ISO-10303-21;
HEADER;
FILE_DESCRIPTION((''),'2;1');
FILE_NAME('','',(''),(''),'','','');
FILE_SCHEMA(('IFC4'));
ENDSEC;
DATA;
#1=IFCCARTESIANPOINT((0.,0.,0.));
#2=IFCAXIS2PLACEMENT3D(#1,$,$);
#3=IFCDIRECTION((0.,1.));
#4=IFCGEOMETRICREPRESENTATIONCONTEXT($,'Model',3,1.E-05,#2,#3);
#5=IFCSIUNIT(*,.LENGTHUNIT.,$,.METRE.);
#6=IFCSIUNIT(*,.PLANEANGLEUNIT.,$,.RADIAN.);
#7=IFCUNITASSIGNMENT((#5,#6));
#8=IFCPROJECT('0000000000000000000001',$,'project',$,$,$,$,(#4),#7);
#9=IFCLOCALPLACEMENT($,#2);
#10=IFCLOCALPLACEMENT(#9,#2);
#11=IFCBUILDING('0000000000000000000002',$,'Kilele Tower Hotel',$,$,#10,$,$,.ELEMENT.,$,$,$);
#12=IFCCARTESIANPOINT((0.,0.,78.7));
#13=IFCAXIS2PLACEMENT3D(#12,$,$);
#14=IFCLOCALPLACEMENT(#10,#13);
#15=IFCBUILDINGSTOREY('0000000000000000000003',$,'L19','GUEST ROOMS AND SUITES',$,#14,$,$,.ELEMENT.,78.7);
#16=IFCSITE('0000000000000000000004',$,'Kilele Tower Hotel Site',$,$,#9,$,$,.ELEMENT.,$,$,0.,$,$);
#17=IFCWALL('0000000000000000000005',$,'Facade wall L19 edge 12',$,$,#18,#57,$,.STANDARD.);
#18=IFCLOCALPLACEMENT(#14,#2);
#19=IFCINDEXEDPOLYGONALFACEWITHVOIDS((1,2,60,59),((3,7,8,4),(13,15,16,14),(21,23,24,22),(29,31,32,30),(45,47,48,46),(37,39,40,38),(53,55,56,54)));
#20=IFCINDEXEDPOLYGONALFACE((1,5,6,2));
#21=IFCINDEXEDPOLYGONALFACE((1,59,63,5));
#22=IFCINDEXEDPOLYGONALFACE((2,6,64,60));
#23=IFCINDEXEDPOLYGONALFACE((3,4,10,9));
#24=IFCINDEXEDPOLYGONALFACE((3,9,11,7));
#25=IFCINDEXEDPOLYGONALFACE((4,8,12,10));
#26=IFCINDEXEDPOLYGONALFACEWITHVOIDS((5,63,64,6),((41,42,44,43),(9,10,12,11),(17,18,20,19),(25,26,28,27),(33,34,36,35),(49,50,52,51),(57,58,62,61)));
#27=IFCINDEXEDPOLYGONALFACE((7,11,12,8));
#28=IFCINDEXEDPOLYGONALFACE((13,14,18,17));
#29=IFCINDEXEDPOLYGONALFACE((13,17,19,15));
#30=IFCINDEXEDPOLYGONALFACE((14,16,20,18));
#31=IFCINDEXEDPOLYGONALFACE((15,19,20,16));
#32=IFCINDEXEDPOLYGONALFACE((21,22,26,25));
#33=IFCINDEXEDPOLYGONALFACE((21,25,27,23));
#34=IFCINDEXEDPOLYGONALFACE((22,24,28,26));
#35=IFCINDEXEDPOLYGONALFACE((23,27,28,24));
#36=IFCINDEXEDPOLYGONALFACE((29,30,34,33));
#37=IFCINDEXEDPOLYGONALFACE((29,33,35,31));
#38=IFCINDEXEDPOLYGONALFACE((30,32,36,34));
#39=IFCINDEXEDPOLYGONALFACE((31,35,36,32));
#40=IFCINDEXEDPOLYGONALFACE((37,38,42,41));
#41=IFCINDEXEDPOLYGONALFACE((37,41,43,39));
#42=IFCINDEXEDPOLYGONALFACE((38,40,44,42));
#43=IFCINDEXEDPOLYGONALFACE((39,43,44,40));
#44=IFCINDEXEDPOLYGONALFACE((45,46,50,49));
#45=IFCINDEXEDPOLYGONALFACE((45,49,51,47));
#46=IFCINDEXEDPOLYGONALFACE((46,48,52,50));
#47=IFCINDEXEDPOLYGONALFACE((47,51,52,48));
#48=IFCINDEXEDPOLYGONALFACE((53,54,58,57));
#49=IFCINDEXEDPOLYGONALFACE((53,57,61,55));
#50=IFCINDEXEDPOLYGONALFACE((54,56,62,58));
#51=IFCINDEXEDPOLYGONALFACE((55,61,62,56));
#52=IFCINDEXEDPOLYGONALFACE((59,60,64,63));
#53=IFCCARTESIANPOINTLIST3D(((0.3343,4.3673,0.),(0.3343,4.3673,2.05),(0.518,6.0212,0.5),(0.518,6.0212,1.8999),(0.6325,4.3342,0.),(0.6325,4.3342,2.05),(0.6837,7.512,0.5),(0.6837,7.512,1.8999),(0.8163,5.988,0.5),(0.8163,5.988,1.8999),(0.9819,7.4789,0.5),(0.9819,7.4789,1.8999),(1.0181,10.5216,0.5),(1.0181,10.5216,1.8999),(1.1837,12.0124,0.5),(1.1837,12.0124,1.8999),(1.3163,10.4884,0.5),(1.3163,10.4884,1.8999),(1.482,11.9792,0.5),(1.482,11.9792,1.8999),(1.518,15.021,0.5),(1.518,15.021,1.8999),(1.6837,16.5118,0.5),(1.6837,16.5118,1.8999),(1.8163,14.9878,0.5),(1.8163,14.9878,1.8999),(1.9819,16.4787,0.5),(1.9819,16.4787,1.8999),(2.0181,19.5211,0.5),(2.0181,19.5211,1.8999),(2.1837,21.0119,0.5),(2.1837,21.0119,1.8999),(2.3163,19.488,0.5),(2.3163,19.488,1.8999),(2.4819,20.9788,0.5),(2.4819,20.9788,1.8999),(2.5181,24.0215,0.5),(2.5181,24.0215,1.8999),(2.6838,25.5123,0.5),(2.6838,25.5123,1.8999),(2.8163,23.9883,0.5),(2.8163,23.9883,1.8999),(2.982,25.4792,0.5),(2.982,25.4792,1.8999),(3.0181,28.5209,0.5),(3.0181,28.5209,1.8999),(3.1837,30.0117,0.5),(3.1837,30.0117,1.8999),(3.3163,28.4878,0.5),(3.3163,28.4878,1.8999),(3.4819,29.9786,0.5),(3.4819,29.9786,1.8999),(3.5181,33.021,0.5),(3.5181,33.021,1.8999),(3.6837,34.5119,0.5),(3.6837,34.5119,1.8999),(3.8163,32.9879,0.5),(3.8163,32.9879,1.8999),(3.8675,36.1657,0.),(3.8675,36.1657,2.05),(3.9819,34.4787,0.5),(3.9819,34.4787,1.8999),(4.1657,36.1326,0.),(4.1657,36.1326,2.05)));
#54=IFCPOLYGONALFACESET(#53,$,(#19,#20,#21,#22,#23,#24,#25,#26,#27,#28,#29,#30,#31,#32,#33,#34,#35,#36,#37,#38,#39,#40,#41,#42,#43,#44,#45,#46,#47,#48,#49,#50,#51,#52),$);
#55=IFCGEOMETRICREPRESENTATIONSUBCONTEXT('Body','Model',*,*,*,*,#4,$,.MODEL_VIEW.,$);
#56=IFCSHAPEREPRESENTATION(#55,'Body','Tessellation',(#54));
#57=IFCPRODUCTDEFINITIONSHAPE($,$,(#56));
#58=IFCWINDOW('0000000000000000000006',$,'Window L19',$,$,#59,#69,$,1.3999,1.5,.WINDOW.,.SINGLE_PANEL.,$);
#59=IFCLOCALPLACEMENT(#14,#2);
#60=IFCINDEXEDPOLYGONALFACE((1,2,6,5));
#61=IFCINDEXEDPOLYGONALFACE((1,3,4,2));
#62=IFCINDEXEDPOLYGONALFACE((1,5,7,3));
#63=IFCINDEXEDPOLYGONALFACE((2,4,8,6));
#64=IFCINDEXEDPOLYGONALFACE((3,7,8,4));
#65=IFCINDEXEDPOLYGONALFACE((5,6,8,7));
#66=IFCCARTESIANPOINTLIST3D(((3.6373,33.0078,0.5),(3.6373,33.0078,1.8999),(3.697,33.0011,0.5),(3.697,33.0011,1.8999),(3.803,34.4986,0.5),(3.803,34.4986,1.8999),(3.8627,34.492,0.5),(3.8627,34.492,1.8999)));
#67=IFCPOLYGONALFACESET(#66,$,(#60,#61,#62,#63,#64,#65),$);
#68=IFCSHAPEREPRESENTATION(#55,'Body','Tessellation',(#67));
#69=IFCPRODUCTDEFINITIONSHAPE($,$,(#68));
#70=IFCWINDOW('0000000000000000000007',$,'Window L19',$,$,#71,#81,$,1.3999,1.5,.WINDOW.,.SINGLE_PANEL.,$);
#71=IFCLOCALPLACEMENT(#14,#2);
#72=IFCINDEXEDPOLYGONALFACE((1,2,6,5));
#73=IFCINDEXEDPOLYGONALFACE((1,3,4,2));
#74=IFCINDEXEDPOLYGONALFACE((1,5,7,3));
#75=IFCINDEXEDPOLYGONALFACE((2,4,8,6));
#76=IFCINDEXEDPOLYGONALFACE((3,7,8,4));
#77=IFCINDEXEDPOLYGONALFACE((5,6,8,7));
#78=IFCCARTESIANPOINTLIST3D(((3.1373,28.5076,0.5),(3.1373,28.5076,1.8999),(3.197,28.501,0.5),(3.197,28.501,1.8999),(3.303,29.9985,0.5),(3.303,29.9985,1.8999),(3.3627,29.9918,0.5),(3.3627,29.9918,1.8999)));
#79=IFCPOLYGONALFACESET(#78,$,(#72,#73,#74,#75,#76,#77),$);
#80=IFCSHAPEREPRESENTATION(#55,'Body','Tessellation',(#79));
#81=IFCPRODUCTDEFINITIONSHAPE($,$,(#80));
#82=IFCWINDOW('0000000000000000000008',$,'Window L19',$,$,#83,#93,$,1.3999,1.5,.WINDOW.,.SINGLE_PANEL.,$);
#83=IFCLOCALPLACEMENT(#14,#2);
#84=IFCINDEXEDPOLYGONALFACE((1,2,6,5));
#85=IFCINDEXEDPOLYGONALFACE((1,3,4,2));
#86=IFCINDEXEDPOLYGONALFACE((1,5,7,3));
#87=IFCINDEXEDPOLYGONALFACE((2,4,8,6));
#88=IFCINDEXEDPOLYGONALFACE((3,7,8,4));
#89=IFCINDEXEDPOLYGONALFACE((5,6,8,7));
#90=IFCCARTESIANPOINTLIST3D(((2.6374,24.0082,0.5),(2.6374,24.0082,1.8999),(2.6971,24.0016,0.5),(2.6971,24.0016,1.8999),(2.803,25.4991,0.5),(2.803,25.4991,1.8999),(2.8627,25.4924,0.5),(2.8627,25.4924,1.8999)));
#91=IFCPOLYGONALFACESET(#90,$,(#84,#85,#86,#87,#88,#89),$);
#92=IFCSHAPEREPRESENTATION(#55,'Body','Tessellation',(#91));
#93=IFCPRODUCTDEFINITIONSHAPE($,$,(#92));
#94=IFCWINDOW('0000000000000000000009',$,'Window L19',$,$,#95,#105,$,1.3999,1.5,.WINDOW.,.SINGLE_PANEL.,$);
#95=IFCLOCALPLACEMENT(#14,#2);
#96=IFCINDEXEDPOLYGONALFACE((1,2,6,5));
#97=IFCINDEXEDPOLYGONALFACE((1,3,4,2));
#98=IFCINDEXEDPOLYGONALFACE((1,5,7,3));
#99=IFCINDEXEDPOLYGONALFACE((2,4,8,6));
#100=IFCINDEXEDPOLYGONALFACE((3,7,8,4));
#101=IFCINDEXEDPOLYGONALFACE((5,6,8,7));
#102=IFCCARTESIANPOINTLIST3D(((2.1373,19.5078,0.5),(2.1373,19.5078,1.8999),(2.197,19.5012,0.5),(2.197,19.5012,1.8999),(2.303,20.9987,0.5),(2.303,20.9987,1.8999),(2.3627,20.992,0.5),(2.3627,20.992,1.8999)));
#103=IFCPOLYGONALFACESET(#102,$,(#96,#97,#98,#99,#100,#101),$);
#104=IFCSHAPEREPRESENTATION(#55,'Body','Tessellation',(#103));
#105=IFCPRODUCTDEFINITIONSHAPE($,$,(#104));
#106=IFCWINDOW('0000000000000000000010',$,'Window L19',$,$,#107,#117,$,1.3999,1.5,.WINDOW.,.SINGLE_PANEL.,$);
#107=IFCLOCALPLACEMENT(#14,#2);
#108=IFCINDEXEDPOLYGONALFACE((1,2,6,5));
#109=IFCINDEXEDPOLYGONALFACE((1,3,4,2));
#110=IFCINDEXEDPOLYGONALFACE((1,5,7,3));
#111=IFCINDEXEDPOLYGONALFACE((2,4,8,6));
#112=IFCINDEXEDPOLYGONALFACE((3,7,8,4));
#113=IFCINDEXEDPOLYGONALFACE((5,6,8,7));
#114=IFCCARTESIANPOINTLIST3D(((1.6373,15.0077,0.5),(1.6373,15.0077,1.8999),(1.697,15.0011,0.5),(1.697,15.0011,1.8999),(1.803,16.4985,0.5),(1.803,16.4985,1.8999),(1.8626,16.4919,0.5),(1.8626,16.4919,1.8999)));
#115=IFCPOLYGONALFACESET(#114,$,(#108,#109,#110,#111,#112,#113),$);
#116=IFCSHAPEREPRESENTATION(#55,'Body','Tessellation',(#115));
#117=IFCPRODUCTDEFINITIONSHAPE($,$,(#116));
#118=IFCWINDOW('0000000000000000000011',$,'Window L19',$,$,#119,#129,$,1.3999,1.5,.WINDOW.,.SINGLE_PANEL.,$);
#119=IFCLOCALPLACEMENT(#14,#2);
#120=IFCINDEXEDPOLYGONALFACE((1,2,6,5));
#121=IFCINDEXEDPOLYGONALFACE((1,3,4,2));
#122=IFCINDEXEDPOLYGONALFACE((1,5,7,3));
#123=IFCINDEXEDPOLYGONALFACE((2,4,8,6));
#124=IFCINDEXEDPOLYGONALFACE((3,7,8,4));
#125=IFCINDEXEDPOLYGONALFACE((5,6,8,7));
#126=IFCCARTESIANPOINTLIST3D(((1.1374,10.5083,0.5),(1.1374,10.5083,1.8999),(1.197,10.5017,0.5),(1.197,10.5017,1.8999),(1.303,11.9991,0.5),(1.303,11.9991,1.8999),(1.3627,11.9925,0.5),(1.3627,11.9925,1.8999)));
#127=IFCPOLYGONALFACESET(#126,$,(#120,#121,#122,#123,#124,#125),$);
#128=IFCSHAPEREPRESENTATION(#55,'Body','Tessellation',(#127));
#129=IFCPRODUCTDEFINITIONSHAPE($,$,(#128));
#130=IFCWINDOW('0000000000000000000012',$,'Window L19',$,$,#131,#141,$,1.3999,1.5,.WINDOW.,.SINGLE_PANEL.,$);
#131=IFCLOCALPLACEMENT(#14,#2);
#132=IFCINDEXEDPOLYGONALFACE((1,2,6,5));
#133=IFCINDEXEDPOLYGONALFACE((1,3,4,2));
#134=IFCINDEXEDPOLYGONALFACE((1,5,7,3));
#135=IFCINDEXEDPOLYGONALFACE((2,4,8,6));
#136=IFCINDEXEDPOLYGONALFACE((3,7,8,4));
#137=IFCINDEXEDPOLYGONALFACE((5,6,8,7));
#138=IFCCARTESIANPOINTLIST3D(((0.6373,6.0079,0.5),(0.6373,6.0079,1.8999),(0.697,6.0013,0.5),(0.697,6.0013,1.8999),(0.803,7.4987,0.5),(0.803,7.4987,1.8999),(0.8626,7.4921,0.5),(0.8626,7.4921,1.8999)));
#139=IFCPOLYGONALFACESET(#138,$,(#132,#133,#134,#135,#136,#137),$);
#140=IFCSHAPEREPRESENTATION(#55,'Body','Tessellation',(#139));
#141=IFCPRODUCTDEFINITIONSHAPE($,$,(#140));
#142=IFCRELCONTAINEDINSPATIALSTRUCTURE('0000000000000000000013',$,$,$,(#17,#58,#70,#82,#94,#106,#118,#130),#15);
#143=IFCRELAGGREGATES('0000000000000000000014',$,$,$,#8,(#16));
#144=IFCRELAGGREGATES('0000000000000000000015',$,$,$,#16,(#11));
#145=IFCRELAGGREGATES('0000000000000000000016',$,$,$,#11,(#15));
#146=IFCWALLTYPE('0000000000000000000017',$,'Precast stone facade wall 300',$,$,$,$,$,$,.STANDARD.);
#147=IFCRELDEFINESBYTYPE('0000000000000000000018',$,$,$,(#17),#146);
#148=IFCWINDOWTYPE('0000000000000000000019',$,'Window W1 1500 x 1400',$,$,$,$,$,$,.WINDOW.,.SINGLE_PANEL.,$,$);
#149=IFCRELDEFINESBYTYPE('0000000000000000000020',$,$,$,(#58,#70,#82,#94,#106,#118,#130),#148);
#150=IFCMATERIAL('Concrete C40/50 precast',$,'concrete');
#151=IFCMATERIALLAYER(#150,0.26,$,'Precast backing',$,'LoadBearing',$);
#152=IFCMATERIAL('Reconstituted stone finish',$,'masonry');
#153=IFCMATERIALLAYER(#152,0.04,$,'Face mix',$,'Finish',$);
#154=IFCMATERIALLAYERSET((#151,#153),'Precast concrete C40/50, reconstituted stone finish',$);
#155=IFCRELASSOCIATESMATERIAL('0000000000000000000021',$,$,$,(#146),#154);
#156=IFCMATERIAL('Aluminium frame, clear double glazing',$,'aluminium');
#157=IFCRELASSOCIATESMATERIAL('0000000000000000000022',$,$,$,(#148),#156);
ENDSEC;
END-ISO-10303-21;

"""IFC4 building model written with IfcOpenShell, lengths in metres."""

from ifc_helpers import new_model, si_unit, direction, frame, frame_2d, origin, place, context, subcontext, project, spatial, rectangle, extrude, material, layer, layer_set, type_object, element, fill, save


model = new_model("IFC4")

# Units and contexts
model_context = context("Model", 3, precision=1e-05, world=origin(), true_north=direction((0.0, 1.0)))
body_context = subcontext(model_context, "Body", "Model", "MODEL_VIEW")
ifc_project = project(units=[si_unit("LENGTHUNIT", "METRE"), si_unit("PLANEANGLEUNIT", "RADIAN")], contexts=[model_context])

# Site, building, storey
site_placement = place(None, origin())
site = spatial("IfcSite", under=ifc_project, at=site_placement, Name="Kilele Tower Hotel Site", CompositionType="ELEMENT", RefElevation=0.0)
building_placement = place(site_placement, origin())
building = spatial("IfcBuilding", under=site, at=building_placement, Name="Kilele Tower Hotel", CompositionType="ELEMENT")
storey_placement = place(building_placement, frame((0.0, 0.0, 78.7)))
storey = spatial("IfcBuildingStorey", under=building, at=storey_placement, Name="L19", Description="GUEST ROOMS AND SUITES", CompositionType="ELEMENT", Elevation=78.7)

# Shared definitions
ifc_material_1 = material(Name="Concrete C40/50 precast", Category="concrete")
ifc_layer_1 = layer(ifc_material_1, 0.26, Name="Precast backing", Category="LoadBearing")
ifc_material_2 = material(Name="Reconstituted stone finish", Category="masonry")
ifc_layer_2 = layer(ifc_material_2, 0.04, Name="Face mix", Category="Finish")
ifc_layer_set_1 = layer_set([ifc_layer_1, ifc_layer_2], Name="Precast concrete C40/50, reconstituted stone finish")
wall_type_1 = type_object("IfcWallType", Name="Precast stone facade wall 300", PredefinedType="STANDARD", material=ifc_layer_set_1)
ifc_material_3 = material(Name="Aluminium frame, clear double glazing", Category="aluminium")
window_type_1 = type_object("IfcWindowType", Name="Window W1 1500 x 1400", PartitioningType="SINGLE_PANEL", PredefinedType="WINDOW", material=ifc_material_3)

# Wall, openings, windows
wall_1_placement = place(storey_placement, frame((4.0166, 36.1492, 0.0), z_axis=(0.0, 0.0, 1.0), x_axis=(-0.110433, -0.993884, 0.0)))
wall_1 = element("IfcWall", 1, at=wall_1_placement, inside=storey, type_object=wall_type_1, Name="Facade wall L19 edge 12", PredefinedType="STANDARD", context=body_context, shape_type="SweptSolid", body=[
    extrude(rectangle(XDim=31.9941, YDim=0.3, at=frame_2d((15.9971, 0.0))), origin(), (0.0, 0.0, 1.0), 2.05),
])
opening_1_placement = place(wall_1_placement, frame((1.6641, 0.0, 0.5)))
opening_1 = element("IfcOpeningElement", 2, at=opening_1_placement, cuts=wall_1, PredefinedType="OPENING", context=body_context, shape_type="SweptSolid", body=[
    extrude(rectangle(XDim=1.5, YDim=1.3999, at=frame_2d((0.75, 0.7))), frame((0.0, 0.1599, 0.0), z_axis=(0.0, -1.0, 0.0), x_axis=(1.0, 0.0, 0.0)), (0.0, 0.0, 1.0), 0.3201),
])
opening_2_placement = place(wall_1_placement, frame((6.1919, 0.0, 0.5)))
opening_2 = element("IfcOpeningElement", 3, at=opening_2_placement, cuts=wall_1, PredefinedType="OPENING", context=body_context, shape_type="SweptSolid", body=[
    extrude(rectangle(XDim=1.5, YDim=1.3999, at=frame_2d((0.75, 0.7))), frame((0.0, 0.1599, 0.0), z_axis=(0.0, -1.0, 0.0), x_axis=(1.0, 0.0, 0.0)), (0.0, 0.0, 1.0), 0.3201),
])
opening_3_placement = place(wall_1_placement, frame((10.719, 0.0, 0.5)))
opening_3 = element("IfcOpeningElement", 4, at=opening_3_placement, cuts=wall_1, PredefinedType="OPENING", context=body_context, shape_type="SweptSolid", body=[
    extrude(rectangle(XDim=1.5, YDim=1.3999, at=frame_2d((0.75, 0.7))), frame((0.0, 0.1599, 0.0), z_axis=(0.0, -1.0, 0.0), x_axis=(1.0, 0.0, 0.0)), (0.0, 0.0, 1.0), 0.3201),
])
opening_4_placement = place(wall_1_placement, frame((15.2471, 0.0, 0.5)))
opening_4 = element("IfcOpeningElement", 5, at=opening_4_placement, cuts=wall_1, PredefinedType="OPENING", context=body_context, shape_type="SweptSolid", body=[
    extrude(rectangle(XDim=1.5, YDim=1.3999, at=frame_2d((0.75, 0.7))), frame((0.0, 0.1599, 0.0), z_axis=(0.0, -1.0, 0.0), x_axis=(1.0, 0.0, 0.0)), (0.0, 0.0, 1.0), 0.3201),
])
opening_5_placement = place(wall_1_placement, frame((19.7749, 0.0, 0.5)))
opening_5 = element("IfcOpeningElement", 6, at=opening_5_placement, cuts=wall_1, PredefinedType="OPENING", context=body_context, shape_type="SweptSolid", body=[
    extrude(rectangle(XDim=1.5, YDim=1.3999, at=frame_2d((0.75, 0.7))), frame((0.0, 0.1599, 0.0), z_axis=(0.0, -1.0, 0.0), x_axis=(1.0, 0.0, 0.0)), (0.0, 0.0, 1.0), 0.3201),
])
opening_6_placement = place(wall_1_placement, frame((24.302, 0.0, 0.5)))
opening_6 = element("IfcOpeningElement", 7, at=opening_6_placement, cuts=wall_1, PredefinedType="OPENING", context=body_context, shape_type="SweptSolid", body=[
    extrude(rectangle(XDim=1.5, YDim=1.3999, at=frame_2d((0.75, 0.7))), frame((0.0, 0.1599, 0.0), z_axis=(0.0, -1.0, 0.0), x_axis=(1.0, 0.0, 0.0)), (0.0, 0.0, 1.0), 0.3201),
])
opening_7_placement = place(wall_1_placement, frame((28.8301, 0.0, 0.5)))
opening_7 = element("IfcOpeningElement", 8, at=opening_7_placement, cuts=wall_1, PredefinedType="OPENING", context=body_context, shape_type="SweptSolid", body=[
    extrude(rectangle(XDim=1.5, YDim=1.3999, at=frame_2d((0.75, 0.7))), frame((0.0, 0.1599, 0.0), z_axis=(0.0, -1.0, 0.0), x_axis=(1.0, 0.0, 0.0)), (0.0, 0.0, 1.0), 0.3201),
])
window_1_placement = place(opening_1_placement, origin())
window_1 = element("IfcWindow", 9, at=window_1_placement, inside=storey, type_object=window_type_1, Name="Window L19", OverallHeight=1.3999, OverallWidth=1.5, PartitioningType="SINGLE_PANEL", PredefinedType="WINDOW", context=body_context, shape_type="SweptSolid", body=[
    extrude(rectangle(XDim=1.5, YDim=1.3999, at=frame_2d((0.75, 0.7))), frame((0.0, 0.03, 0.0), z_axis=(0.0, -1.0, 0.0), x_axis=(1.0, 0.0, 0.0)), (0.0, 0.0, 1.0), 0.0601),
])
fill(opening_1, window_1)
window_2_placement = place(opening_2_placement, origin())
window_2 = element("IfcWindow", 10, at=window_2_placement, inside=storey, type_object=window_type_1, Name="Window L19", OverallHeight=1.3999, OverallWidth=1.5, PartitioningType="SINGLE_PANEL", PredefinedType="WINDOW", context=body_context, shape_type="SweptSolid", body=[
    extrude(rectangle(XDim=1.5, YDim=1.3999, at=frame_2d((0.75, 0.7))), frame((0.0, 0.03, 0.0), z_axis=(0.0, -1.0, 0.0), x_axis=(1.0, 0.0, 0.0)), (0.0, 0.0, 1.0), 0.0601),
])
fill(opening_2, window_2)
window_3_placement = place(opening_3_placement, origin())
window_3 = element("IfcWindow", 11, at=window_3_placement, inside=storey, type_object=window_type_1, Name="Window L19", OverallHeight=1.3999, OverallWidth=1.5, PartitioningType="SINGLE_PANEL", PredefinedType="WINDOW", context=body_context, shape_type="SweptSolid", body=[
    extrude(rectangle(XDim=1.5, YDim=1.3999, at=frame_2d((0.75, 0.7))), frame((0.0, 0.03, 0.0), z_axis=(0.0, -1.0, 0.0), x_axis=(1.0, 0.0, 0.0)), (0.0, 0.0, 1.0), 0.0601),
])
fill(opening_3, window_3)
window_4_placement = place(opening_4_placement, origin())
window_4 = element("IfcWindow", 12, at=window_4_placement, inside=storey, type_object=window_type_1, Name="Window L19", OverallHeight=1.3999, OverallWidth=1.5, PartitioningType="SINGLE_PANEL", PredefinedType="WINDOW", context=body_context, shape_type="SweptSolid", body=[
    extrude(rectangle(XDim=1.5, YDim=1.3999, at=frame_2d((0.75, 0.7))), frame((0.0, 0.03, 0.0), z_axis=(0.0, -1.0, 0.0), x_axis=(1.0, 0.0, 0.0)), (0.0, 0.0, 1.0), 0.0601),
])
fill(opening_4, window_4)
window_5_placement = place(opening_5_placement, origin())
window_5 = element("IfcWindow", 13, at=window_5_placement, inside=storey, type_object=window_type_1, Name="Window L19", OverallHeight=1.3999, OverallWidth=1.5, PartitioningType="SINGLE_PANEL", PredefinedType="WINDOW", context=body_context, shape_type="SweptSolid", body=[
    extrude(rectangle(XDim=1.5, YDim=1.3999, at=frame_2d((0.75, 0.7))), frame((0.0, 0.03, 0.0), z_axis=(0.0, -1.0, 0.0), x_axis=(1.0, 0.0, 0.0)), (0.0, 0.0, 1.0), 0.0601),
])
fill(opening_5, window_5)
window_6_placement = place(opening_6_placement, origin())
window_6 = element("IfcWindow", 14, at=window_6_placement, inside=storey, type_object=window_type_1, Name="Window L19", OverallHeight=1.3999, OverallWidth=1.5, PartitioningType="SINGLE_PANEL", PredefinedType="WINDOW", context=body_context, shape_type="SweptSolid", body=[
    extrude(rectangle(XDim=1.5, YDim=1.3999, at=frame_2d((0.75, 0.7))), frame((0.0, 0.03, 0.0), z_axis=(0.0, -1.0, 0.0), x_axis=(1.0, 0.0, 0.0)), (0.0, 0.0, 1.0), 0.0601),
])
fill(opening_6, window_6)
window_7_placement = place(opening_7_placement, origin())
window_7 = element("IfcWindow", 15, at=window_7_placement, inside=storey, type_object=window_type_1, Name="Window L19", OverallHeight=1.3999, OverallWidth=1.5, PartitioningType="SINGLE_PANEL", PredefinedType="WINDOW", context=body_context, shape_type="SweptSolid", body=[
    extrude(rectangle(XDim=1.5, YDim=1.3999, at=frame_2d((0.75, 0.7))), frame((0.0, 0.03, 0.0), z_axis=(0.0, -1.0, 0.0), x_axis=(1.0, 0.0, 0.0)), (0.0, 0.0, 1.0), 0.0601),
])
fill(opening_7, window_7)

save(model, "model.ifc")
